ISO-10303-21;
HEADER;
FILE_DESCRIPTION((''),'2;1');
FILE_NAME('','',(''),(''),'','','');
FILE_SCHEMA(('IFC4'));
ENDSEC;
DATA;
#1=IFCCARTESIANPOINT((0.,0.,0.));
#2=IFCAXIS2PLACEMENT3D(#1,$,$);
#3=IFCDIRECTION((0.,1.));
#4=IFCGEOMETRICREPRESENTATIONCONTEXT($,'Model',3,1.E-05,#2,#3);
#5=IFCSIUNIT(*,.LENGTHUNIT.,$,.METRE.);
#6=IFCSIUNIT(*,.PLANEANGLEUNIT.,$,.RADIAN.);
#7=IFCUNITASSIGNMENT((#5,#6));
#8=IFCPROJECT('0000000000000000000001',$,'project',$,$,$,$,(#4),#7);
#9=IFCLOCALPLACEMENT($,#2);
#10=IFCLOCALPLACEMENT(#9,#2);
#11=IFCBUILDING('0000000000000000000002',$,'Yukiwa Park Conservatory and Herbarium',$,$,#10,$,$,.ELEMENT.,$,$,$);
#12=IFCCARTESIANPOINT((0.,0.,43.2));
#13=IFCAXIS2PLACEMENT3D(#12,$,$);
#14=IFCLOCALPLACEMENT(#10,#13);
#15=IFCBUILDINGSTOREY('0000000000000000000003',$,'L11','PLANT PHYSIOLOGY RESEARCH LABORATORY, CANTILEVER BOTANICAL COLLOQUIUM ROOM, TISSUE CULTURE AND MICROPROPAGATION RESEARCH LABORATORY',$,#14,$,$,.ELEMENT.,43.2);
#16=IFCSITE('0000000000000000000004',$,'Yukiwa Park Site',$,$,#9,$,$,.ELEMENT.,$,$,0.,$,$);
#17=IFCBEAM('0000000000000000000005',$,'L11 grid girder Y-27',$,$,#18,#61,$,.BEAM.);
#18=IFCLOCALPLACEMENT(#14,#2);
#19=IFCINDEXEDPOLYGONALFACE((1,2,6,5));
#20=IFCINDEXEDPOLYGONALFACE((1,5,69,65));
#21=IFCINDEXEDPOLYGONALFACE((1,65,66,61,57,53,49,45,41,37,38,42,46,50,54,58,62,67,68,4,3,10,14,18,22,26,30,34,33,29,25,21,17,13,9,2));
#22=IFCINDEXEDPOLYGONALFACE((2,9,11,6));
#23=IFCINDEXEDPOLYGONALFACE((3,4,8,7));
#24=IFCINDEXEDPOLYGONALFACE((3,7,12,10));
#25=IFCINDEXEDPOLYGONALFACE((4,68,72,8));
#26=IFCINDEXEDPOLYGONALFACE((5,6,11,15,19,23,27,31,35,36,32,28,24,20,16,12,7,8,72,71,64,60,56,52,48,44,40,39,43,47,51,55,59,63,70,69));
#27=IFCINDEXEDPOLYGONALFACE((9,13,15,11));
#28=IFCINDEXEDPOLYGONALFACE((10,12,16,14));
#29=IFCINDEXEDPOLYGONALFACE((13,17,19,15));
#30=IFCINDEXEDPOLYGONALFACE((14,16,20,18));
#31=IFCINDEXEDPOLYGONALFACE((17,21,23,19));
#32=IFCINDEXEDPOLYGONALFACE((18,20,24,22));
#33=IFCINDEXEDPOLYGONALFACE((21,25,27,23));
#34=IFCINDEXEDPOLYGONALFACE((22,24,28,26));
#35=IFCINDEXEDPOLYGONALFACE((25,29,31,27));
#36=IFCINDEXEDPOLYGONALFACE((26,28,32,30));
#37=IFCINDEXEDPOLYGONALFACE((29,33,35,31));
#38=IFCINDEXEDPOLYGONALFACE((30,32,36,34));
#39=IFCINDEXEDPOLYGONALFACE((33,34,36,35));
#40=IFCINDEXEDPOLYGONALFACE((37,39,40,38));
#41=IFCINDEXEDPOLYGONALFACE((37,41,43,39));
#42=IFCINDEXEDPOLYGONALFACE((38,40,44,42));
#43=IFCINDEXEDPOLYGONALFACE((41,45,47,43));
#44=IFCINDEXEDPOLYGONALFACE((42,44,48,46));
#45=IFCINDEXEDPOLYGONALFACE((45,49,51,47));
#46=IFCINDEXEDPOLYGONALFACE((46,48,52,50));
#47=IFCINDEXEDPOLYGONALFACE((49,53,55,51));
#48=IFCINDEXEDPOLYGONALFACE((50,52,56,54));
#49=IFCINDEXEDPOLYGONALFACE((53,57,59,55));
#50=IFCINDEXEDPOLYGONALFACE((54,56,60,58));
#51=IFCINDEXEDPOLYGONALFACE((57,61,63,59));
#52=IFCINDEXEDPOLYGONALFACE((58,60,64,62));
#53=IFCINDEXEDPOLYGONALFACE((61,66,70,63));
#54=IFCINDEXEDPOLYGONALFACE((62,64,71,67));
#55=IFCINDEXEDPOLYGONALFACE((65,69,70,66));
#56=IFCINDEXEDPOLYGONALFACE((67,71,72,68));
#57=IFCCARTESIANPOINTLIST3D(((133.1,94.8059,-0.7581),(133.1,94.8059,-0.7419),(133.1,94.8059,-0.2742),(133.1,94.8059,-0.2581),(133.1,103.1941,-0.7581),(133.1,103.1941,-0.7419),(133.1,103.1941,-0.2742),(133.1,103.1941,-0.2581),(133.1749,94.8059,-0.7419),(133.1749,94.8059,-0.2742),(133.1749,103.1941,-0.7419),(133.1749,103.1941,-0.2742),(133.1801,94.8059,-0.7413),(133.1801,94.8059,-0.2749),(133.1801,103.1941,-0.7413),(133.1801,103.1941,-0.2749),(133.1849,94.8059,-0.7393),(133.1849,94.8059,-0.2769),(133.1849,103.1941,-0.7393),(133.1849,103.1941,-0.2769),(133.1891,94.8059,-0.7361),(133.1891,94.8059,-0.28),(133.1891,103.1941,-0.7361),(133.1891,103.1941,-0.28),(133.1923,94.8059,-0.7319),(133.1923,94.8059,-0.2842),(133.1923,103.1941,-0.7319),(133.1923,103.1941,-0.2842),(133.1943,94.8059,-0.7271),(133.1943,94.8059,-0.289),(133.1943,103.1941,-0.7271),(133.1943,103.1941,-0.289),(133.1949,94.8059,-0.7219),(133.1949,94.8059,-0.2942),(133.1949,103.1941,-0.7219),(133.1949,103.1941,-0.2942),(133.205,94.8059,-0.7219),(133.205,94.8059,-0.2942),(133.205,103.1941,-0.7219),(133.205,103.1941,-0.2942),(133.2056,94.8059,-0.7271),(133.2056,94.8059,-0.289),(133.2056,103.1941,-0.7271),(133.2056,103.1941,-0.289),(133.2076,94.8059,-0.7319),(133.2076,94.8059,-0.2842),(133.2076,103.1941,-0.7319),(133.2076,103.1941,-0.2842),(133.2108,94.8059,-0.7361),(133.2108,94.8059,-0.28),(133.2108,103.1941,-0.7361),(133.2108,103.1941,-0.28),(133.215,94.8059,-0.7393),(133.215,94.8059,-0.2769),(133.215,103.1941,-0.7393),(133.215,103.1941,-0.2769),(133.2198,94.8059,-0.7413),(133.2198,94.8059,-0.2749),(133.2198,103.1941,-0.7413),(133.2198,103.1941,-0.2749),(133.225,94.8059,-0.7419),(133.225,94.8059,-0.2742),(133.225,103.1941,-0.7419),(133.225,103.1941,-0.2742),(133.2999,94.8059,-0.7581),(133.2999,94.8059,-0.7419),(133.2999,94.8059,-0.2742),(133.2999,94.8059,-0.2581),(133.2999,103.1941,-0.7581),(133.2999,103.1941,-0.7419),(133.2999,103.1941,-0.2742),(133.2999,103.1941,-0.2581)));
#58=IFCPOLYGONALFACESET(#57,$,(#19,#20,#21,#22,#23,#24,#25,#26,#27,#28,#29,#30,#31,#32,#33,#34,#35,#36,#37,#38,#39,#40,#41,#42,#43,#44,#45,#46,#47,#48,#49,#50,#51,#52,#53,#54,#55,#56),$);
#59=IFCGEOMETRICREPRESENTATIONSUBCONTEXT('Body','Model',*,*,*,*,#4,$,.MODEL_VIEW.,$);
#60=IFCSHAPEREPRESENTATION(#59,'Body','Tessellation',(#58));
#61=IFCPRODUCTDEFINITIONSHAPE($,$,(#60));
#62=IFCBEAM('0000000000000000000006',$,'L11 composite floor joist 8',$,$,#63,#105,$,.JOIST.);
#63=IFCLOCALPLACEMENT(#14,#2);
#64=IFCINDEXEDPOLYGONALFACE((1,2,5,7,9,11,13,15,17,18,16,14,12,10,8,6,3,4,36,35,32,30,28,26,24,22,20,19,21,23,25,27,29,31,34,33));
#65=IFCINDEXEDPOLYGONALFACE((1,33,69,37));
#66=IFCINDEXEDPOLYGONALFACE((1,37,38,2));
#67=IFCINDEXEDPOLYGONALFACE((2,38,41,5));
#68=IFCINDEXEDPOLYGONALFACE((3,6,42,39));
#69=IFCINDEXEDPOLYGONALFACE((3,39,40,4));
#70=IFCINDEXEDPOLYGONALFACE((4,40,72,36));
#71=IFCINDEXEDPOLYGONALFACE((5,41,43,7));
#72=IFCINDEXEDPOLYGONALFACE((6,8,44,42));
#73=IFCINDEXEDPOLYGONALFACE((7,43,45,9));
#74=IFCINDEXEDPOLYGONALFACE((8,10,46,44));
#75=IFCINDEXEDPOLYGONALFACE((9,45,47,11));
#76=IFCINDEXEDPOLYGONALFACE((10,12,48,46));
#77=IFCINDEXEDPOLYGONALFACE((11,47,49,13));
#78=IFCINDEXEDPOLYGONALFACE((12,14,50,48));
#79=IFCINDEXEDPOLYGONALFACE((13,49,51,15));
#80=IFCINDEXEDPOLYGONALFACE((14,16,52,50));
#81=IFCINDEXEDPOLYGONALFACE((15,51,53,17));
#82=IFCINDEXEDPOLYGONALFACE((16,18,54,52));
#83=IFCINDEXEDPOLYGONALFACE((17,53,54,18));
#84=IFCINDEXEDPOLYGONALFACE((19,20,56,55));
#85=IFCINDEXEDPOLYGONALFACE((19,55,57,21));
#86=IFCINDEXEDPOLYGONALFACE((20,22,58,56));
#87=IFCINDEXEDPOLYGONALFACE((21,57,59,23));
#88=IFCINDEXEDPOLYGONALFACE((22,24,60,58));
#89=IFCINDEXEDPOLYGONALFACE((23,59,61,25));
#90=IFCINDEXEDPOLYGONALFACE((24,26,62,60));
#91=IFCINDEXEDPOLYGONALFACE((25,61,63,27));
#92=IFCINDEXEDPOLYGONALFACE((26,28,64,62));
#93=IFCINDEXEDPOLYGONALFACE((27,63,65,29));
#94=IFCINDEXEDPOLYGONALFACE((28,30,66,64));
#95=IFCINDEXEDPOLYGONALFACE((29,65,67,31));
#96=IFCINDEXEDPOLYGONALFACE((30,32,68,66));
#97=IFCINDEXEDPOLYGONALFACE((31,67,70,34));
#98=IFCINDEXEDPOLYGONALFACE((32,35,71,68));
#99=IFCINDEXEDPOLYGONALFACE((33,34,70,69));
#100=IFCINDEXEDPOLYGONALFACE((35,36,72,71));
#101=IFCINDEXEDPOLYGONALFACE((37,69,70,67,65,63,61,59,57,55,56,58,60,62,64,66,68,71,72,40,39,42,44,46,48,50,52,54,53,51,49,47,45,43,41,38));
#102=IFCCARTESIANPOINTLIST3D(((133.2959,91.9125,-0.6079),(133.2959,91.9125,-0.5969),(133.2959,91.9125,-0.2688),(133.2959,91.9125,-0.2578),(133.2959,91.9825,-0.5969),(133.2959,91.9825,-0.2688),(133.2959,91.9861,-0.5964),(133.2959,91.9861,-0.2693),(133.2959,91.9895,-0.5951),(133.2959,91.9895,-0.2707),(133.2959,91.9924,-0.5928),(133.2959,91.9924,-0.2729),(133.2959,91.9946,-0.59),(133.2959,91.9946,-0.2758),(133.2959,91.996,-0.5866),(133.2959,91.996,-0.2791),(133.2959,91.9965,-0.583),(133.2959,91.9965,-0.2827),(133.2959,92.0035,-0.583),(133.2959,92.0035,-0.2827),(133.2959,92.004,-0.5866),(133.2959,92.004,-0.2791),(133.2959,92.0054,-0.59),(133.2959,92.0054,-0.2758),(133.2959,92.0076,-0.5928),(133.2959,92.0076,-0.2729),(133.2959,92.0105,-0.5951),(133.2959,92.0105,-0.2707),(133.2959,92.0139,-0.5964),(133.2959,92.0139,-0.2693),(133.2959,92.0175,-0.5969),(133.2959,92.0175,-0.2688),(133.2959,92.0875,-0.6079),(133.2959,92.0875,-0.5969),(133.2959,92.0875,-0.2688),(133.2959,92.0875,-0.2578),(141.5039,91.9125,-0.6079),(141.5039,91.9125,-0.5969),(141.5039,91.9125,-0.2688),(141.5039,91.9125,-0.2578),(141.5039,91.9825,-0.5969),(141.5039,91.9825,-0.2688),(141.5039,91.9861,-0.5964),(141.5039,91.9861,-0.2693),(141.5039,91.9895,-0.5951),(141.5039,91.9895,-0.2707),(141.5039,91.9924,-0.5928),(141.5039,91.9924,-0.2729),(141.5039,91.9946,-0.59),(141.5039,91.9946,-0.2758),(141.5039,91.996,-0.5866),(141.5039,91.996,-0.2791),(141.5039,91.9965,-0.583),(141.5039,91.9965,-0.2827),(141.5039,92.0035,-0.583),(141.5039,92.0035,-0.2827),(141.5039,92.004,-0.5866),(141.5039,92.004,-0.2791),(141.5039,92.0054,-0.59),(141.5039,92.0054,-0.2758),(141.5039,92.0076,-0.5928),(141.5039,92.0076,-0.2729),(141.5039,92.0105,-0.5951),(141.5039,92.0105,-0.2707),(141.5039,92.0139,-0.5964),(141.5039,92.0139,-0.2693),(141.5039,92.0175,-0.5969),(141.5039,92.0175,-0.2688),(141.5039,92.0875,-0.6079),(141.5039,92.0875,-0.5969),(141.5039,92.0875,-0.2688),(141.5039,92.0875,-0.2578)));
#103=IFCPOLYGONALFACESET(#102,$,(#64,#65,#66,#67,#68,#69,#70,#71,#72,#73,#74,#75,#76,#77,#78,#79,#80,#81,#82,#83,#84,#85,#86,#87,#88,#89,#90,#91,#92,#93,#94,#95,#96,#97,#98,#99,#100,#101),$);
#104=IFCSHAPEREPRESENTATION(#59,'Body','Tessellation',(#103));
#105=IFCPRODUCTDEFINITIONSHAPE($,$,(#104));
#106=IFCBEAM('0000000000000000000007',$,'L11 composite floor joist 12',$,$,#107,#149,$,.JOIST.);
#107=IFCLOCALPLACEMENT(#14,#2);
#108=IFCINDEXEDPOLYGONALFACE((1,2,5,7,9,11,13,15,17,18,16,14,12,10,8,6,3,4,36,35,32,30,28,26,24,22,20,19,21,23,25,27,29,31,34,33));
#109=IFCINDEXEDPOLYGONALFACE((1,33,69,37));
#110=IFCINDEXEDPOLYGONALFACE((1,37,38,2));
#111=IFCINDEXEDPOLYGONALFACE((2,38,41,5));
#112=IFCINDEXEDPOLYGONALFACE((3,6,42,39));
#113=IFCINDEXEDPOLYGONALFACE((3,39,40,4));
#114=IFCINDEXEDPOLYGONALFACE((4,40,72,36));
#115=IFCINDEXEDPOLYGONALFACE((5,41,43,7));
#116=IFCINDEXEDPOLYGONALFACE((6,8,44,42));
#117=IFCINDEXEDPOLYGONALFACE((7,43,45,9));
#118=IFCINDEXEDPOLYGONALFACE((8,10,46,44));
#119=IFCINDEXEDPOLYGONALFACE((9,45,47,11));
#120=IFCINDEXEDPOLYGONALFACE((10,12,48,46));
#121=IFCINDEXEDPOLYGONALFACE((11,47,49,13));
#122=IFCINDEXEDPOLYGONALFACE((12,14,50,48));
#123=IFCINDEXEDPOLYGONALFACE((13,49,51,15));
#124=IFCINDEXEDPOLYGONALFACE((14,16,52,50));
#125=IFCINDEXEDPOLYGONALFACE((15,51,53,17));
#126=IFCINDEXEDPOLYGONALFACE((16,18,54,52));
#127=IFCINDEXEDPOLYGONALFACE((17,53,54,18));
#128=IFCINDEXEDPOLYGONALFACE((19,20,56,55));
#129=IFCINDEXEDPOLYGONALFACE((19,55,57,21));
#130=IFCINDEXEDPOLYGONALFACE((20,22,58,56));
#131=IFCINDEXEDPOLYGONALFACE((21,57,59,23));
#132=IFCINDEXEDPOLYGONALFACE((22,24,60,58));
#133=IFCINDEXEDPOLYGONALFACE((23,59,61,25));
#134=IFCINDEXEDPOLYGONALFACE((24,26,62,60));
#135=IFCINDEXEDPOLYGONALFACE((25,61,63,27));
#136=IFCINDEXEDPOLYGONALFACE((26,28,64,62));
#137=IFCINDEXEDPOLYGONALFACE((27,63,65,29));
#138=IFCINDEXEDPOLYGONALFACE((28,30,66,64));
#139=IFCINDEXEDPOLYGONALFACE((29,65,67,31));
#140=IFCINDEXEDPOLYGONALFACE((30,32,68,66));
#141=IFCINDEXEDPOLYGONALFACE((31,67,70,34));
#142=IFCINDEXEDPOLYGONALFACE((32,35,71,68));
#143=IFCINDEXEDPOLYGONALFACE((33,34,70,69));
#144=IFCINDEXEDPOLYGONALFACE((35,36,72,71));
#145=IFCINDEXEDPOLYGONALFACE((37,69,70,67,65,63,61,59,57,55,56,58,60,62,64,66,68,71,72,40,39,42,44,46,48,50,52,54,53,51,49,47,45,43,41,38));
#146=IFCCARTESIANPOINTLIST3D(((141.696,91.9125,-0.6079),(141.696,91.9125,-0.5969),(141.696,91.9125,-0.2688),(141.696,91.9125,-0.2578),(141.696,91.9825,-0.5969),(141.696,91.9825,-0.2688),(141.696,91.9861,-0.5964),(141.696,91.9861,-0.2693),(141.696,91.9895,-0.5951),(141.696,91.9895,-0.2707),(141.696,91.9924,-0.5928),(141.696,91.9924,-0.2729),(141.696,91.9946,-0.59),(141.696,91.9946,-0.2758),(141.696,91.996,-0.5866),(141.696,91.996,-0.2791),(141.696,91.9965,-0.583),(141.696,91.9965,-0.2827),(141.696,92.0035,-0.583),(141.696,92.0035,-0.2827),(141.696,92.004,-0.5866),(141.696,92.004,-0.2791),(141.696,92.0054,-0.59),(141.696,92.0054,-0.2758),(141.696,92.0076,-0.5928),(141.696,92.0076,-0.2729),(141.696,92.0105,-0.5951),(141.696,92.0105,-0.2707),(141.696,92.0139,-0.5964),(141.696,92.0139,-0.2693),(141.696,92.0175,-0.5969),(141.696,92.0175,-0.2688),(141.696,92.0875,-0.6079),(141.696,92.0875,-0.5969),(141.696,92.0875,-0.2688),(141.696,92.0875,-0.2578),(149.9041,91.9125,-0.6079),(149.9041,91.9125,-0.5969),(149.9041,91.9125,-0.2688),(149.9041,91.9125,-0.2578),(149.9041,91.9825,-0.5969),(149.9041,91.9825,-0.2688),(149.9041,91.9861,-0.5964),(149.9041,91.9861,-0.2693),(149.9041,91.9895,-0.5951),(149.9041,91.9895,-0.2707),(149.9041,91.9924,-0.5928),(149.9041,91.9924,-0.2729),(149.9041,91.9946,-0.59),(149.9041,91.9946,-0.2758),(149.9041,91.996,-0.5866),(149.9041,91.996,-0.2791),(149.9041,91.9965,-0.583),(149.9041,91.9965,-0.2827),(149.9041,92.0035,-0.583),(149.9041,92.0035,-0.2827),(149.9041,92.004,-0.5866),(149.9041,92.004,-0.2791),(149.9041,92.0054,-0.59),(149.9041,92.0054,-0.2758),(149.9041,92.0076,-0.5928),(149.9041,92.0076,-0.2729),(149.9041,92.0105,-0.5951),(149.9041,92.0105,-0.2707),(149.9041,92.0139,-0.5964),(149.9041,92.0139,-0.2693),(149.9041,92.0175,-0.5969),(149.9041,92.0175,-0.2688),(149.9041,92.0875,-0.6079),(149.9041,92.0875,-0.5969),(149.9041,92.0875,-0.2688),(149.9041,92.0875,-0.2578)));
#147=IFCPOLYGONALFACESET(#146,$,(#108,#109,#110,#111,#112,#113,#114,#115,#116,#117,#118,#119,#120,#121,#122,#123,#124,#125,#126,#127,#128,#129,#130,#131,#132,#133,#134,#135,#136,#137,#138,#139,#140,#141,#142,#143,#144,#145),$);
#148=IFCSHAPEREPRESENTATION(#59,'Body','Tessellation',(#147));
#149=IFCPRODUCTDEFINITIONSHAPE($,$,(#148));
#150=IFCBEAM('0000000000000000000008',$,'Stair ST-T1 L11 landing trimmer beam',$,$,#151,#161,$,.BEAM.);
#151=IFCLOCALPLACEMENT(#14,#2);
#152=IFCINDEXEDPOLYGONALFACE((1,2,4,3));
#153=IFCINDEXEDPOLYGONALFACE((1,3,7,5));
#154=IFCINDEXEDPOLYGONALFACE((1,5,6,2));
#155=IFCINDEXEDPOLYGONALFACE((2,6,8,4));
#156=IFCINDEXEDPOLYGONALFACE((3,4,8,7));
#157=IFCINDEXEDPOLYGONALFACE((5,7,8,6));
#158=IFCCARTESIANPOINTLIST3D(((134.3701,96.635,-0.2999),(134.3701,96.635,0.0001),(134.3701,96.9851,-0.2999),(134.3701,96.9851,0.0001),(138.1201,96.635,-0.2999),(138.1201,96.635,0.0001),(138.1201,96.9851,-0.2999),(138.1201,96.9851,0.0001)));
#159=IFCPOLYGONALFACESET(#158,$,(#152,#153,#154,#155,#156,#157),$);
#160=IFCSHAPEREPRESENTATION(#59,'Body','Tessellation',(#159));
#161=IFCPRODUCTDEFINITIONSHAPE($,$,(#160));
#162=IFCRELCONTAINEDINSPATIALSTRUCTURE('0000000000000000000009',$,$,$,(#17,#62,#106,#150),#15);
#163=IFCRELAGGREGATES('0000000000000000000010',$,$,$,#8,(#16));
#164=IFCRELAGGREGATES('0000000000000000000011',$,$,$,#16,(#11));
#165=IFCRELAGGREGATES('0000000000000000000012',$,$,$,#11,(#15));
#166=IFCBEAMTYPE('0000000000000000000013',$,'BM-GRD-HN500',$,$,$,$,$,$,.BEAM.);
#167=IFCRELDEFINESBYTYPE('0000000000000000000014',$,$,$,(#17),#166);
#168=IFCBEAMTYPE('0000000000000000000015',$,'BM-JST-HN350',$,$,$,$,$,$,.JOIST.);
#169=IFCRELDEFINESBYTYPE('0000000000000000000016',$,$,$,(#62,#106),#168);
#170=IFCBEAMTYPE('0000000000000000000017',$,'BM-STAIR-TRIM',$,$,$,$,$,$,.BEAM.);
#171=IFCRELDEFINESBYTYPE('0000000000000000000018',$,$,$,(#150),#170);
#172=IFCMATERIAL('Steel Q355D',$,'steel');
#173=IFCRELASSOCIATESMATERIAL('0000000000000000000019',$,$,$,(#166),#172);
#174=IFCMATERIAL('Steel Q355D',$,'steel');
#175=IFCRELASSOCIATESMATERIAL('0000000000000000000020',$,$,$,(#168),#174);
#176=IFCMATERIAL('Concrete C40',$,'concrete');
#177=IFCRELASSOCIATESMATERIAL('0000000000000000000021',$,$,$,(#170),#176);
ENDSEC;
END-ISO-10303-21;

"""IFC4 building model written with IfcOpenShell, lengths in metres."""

from ifc_helpers import new_model, si_unit, direction, frame, origin, origin_2d, place, context, subcontext, project, spatial, rectangle, i_section, extrude, material, material_profile, profile_set, type_object, element, save


model = new_model("IFC4")

# Units and contexts
model_context = context("Model", 3, precision=1e-05, world=origin(), true_north=direction((0.0, 1.0)))
body_context = subcontext(model_context, "Body", "Model", "MODEL_VIEW")
ifc_project = project(units=[si_unit("LENGTHUNIT", "METRE"), si_unit("PLANEANGLEUNIT", "RADIAN")], contexts=[model_context])

# Site, building, storey
site_placement = place(None, origin())
site = spatial("IfcSite", under=ifc_project, at=site_placement, Name="Yukiwa Park Site", CompositionType="ELEMENT", RefElevation=0.0)
building_placement = place(site_placement, origin())
building = spatial("IfcBuilding", under=site, at=building_placement, Name="Yukiwa Park Conservatory and Herbarium", CompositionType="ELEMENT")
storey_placement = place(building_placement, frame((0.0, 0.0, 43.2)))
storey = spatial("IfcBuildingStorey", under=building, at=storey_placement, Name="L11", Description="PLANT PHYSIOLOGY RESEARCH LABORATORY, CANTILEVER BOTANICAL COLLOQUIUM ROOM, TISSUE CULTURE AND MICROPROPAGATION RESEARCH LABORATORY", CompositionType="ELEMENT", Elevation=43.2)

# Beams
ifc_material_1 = material(Name="Steel Q355D", Category="steel")
ifc_material_profile_1 = material_profile(ifc_material_1, i_section(OverallWidth=0.2, OverallDepth=0.5, WebThickness=0.01, FlangeThickness=0.0161, FilletRadius=0.02, at=origin_2d()), Name="HN 500x200x10x16")
ifc_profile_set_1 = profile_set([ifc_material_profile_1], Name="Steel Q355D")
beam_type_1 = type_object("IfcBeamType", Name="BM-GRD-HN500", PredefinedType="BEAM", material=ifc_profile_set_1)
beam_1_placement = place(storey_placement, frame((133.2, 94.8059, -0.5081), z_axis=(0.0, 1.0, 0.0), x_axis=(-1.0, 0.0, 0.0)))
element("IfcBeam", 1, at=beam_1_placement, inside=storey, type_object=beam_type_1, Name="L11 grid girder Y-27", PredefinedType="BEAM", context=body_context, shape_type="SweptSolid", body=[
    extrude(i_section(OverallWidth=0.2, OverallDepth=0.5, WebThickness=0.01, FlangeThickness=0.0161, FilletRadius=0.02, at=origin_2d()), origin(), (0.0, 0.0, 1.0), 8.3882),
])
ifc_material_2 = material(Name="Steel Q355D", Category="steel")
ifc_material_profile_2 = material_profile(ifc_material_2, i_section(OverallWidth=0.175, OverallDepth=0.3501, WebThickness=0.0071, FlangeThickness=0.011, FilletRadius=0.0139, at=origin_2d()), Name="HN 350x175x7x11")
ifc_profile_set_2 = profile_set([ifc_material_profile_2], Name="Steel Q355D")
beam_type_2 = type_object("IfcBeamType", Name="BM-JST-HN350", PredefinedType="JOIST", material=ifc_profile_set_2)
for number, where, z_axis, x_axis, name in (
    (2, (133.2959, 92.0, -0.4329), (1.0, 0.0, 0.0), (0.0, 1.0, 0.0), "L11 composite floor joist 8"),
    (3, (141.696, 92.0, -0.4329), (1.0, 0.0, 0.0), (0.0, 1.0, 0.0), "L11 composite floor joist 12"),
):
    element("IfcBeam", number, at=place(storey_placement, frame(where, z_axis=z_axis, x_axis=x_axis)), inside=storey, type_object=beam_type_2, Name=name, PredefinedType="JOIST", context=body_context, shape_type="SweptSolid", body=[
        extrude(i_section(OverallWidth=0.175, OverallDepth=0.3501, WebThickness=0.0071, FlangeThickness=0.011, FilletRadius=0.0139, at=origin_2d()), origin(), (0.0, 0.0, 1.0), 8.208),
    ])
ifc_material_3 = material(Name="Concrete C40", Category="concrete")
ifc_material_profile_3 = material_profile(ifc_material_3, rectangle(XDim=0.3501, YDim=0.3, at=origin_2d()), Name="RC 350x300")
ifc_profile_set_3 = profile_set([ifc_material_profile_3], Name="Concrete C40")
beam_type_3 = type_object("IfcBeamType", Name="BM-STAIR-TRIM", PredefinedType="BEAM", material=ifc_profile_set_3)
beam_2_placement = place(storey_placement, frame((134.3701, 96.8101, -0.1499), z_axis=(1.0, 0.0, 0.0), x_axis=(0.0, 1.0, 0.0)))
element("IfcBeam", 4, at=beam_2_placement, inside=storey, type_object=beam_type_3, Name="Stair ST-T1 L11 landing trimmer beam", PredefinedType="BEAM", context=body_context, shape_type="SweptSolid", body=[
    extrude(rectangle(XDim=0.3501, YDim=0.3, at=origin_2d()), origin(), (0.0, 0.0, 1.0), 3.75),
])

save(model, "model.ifc")
